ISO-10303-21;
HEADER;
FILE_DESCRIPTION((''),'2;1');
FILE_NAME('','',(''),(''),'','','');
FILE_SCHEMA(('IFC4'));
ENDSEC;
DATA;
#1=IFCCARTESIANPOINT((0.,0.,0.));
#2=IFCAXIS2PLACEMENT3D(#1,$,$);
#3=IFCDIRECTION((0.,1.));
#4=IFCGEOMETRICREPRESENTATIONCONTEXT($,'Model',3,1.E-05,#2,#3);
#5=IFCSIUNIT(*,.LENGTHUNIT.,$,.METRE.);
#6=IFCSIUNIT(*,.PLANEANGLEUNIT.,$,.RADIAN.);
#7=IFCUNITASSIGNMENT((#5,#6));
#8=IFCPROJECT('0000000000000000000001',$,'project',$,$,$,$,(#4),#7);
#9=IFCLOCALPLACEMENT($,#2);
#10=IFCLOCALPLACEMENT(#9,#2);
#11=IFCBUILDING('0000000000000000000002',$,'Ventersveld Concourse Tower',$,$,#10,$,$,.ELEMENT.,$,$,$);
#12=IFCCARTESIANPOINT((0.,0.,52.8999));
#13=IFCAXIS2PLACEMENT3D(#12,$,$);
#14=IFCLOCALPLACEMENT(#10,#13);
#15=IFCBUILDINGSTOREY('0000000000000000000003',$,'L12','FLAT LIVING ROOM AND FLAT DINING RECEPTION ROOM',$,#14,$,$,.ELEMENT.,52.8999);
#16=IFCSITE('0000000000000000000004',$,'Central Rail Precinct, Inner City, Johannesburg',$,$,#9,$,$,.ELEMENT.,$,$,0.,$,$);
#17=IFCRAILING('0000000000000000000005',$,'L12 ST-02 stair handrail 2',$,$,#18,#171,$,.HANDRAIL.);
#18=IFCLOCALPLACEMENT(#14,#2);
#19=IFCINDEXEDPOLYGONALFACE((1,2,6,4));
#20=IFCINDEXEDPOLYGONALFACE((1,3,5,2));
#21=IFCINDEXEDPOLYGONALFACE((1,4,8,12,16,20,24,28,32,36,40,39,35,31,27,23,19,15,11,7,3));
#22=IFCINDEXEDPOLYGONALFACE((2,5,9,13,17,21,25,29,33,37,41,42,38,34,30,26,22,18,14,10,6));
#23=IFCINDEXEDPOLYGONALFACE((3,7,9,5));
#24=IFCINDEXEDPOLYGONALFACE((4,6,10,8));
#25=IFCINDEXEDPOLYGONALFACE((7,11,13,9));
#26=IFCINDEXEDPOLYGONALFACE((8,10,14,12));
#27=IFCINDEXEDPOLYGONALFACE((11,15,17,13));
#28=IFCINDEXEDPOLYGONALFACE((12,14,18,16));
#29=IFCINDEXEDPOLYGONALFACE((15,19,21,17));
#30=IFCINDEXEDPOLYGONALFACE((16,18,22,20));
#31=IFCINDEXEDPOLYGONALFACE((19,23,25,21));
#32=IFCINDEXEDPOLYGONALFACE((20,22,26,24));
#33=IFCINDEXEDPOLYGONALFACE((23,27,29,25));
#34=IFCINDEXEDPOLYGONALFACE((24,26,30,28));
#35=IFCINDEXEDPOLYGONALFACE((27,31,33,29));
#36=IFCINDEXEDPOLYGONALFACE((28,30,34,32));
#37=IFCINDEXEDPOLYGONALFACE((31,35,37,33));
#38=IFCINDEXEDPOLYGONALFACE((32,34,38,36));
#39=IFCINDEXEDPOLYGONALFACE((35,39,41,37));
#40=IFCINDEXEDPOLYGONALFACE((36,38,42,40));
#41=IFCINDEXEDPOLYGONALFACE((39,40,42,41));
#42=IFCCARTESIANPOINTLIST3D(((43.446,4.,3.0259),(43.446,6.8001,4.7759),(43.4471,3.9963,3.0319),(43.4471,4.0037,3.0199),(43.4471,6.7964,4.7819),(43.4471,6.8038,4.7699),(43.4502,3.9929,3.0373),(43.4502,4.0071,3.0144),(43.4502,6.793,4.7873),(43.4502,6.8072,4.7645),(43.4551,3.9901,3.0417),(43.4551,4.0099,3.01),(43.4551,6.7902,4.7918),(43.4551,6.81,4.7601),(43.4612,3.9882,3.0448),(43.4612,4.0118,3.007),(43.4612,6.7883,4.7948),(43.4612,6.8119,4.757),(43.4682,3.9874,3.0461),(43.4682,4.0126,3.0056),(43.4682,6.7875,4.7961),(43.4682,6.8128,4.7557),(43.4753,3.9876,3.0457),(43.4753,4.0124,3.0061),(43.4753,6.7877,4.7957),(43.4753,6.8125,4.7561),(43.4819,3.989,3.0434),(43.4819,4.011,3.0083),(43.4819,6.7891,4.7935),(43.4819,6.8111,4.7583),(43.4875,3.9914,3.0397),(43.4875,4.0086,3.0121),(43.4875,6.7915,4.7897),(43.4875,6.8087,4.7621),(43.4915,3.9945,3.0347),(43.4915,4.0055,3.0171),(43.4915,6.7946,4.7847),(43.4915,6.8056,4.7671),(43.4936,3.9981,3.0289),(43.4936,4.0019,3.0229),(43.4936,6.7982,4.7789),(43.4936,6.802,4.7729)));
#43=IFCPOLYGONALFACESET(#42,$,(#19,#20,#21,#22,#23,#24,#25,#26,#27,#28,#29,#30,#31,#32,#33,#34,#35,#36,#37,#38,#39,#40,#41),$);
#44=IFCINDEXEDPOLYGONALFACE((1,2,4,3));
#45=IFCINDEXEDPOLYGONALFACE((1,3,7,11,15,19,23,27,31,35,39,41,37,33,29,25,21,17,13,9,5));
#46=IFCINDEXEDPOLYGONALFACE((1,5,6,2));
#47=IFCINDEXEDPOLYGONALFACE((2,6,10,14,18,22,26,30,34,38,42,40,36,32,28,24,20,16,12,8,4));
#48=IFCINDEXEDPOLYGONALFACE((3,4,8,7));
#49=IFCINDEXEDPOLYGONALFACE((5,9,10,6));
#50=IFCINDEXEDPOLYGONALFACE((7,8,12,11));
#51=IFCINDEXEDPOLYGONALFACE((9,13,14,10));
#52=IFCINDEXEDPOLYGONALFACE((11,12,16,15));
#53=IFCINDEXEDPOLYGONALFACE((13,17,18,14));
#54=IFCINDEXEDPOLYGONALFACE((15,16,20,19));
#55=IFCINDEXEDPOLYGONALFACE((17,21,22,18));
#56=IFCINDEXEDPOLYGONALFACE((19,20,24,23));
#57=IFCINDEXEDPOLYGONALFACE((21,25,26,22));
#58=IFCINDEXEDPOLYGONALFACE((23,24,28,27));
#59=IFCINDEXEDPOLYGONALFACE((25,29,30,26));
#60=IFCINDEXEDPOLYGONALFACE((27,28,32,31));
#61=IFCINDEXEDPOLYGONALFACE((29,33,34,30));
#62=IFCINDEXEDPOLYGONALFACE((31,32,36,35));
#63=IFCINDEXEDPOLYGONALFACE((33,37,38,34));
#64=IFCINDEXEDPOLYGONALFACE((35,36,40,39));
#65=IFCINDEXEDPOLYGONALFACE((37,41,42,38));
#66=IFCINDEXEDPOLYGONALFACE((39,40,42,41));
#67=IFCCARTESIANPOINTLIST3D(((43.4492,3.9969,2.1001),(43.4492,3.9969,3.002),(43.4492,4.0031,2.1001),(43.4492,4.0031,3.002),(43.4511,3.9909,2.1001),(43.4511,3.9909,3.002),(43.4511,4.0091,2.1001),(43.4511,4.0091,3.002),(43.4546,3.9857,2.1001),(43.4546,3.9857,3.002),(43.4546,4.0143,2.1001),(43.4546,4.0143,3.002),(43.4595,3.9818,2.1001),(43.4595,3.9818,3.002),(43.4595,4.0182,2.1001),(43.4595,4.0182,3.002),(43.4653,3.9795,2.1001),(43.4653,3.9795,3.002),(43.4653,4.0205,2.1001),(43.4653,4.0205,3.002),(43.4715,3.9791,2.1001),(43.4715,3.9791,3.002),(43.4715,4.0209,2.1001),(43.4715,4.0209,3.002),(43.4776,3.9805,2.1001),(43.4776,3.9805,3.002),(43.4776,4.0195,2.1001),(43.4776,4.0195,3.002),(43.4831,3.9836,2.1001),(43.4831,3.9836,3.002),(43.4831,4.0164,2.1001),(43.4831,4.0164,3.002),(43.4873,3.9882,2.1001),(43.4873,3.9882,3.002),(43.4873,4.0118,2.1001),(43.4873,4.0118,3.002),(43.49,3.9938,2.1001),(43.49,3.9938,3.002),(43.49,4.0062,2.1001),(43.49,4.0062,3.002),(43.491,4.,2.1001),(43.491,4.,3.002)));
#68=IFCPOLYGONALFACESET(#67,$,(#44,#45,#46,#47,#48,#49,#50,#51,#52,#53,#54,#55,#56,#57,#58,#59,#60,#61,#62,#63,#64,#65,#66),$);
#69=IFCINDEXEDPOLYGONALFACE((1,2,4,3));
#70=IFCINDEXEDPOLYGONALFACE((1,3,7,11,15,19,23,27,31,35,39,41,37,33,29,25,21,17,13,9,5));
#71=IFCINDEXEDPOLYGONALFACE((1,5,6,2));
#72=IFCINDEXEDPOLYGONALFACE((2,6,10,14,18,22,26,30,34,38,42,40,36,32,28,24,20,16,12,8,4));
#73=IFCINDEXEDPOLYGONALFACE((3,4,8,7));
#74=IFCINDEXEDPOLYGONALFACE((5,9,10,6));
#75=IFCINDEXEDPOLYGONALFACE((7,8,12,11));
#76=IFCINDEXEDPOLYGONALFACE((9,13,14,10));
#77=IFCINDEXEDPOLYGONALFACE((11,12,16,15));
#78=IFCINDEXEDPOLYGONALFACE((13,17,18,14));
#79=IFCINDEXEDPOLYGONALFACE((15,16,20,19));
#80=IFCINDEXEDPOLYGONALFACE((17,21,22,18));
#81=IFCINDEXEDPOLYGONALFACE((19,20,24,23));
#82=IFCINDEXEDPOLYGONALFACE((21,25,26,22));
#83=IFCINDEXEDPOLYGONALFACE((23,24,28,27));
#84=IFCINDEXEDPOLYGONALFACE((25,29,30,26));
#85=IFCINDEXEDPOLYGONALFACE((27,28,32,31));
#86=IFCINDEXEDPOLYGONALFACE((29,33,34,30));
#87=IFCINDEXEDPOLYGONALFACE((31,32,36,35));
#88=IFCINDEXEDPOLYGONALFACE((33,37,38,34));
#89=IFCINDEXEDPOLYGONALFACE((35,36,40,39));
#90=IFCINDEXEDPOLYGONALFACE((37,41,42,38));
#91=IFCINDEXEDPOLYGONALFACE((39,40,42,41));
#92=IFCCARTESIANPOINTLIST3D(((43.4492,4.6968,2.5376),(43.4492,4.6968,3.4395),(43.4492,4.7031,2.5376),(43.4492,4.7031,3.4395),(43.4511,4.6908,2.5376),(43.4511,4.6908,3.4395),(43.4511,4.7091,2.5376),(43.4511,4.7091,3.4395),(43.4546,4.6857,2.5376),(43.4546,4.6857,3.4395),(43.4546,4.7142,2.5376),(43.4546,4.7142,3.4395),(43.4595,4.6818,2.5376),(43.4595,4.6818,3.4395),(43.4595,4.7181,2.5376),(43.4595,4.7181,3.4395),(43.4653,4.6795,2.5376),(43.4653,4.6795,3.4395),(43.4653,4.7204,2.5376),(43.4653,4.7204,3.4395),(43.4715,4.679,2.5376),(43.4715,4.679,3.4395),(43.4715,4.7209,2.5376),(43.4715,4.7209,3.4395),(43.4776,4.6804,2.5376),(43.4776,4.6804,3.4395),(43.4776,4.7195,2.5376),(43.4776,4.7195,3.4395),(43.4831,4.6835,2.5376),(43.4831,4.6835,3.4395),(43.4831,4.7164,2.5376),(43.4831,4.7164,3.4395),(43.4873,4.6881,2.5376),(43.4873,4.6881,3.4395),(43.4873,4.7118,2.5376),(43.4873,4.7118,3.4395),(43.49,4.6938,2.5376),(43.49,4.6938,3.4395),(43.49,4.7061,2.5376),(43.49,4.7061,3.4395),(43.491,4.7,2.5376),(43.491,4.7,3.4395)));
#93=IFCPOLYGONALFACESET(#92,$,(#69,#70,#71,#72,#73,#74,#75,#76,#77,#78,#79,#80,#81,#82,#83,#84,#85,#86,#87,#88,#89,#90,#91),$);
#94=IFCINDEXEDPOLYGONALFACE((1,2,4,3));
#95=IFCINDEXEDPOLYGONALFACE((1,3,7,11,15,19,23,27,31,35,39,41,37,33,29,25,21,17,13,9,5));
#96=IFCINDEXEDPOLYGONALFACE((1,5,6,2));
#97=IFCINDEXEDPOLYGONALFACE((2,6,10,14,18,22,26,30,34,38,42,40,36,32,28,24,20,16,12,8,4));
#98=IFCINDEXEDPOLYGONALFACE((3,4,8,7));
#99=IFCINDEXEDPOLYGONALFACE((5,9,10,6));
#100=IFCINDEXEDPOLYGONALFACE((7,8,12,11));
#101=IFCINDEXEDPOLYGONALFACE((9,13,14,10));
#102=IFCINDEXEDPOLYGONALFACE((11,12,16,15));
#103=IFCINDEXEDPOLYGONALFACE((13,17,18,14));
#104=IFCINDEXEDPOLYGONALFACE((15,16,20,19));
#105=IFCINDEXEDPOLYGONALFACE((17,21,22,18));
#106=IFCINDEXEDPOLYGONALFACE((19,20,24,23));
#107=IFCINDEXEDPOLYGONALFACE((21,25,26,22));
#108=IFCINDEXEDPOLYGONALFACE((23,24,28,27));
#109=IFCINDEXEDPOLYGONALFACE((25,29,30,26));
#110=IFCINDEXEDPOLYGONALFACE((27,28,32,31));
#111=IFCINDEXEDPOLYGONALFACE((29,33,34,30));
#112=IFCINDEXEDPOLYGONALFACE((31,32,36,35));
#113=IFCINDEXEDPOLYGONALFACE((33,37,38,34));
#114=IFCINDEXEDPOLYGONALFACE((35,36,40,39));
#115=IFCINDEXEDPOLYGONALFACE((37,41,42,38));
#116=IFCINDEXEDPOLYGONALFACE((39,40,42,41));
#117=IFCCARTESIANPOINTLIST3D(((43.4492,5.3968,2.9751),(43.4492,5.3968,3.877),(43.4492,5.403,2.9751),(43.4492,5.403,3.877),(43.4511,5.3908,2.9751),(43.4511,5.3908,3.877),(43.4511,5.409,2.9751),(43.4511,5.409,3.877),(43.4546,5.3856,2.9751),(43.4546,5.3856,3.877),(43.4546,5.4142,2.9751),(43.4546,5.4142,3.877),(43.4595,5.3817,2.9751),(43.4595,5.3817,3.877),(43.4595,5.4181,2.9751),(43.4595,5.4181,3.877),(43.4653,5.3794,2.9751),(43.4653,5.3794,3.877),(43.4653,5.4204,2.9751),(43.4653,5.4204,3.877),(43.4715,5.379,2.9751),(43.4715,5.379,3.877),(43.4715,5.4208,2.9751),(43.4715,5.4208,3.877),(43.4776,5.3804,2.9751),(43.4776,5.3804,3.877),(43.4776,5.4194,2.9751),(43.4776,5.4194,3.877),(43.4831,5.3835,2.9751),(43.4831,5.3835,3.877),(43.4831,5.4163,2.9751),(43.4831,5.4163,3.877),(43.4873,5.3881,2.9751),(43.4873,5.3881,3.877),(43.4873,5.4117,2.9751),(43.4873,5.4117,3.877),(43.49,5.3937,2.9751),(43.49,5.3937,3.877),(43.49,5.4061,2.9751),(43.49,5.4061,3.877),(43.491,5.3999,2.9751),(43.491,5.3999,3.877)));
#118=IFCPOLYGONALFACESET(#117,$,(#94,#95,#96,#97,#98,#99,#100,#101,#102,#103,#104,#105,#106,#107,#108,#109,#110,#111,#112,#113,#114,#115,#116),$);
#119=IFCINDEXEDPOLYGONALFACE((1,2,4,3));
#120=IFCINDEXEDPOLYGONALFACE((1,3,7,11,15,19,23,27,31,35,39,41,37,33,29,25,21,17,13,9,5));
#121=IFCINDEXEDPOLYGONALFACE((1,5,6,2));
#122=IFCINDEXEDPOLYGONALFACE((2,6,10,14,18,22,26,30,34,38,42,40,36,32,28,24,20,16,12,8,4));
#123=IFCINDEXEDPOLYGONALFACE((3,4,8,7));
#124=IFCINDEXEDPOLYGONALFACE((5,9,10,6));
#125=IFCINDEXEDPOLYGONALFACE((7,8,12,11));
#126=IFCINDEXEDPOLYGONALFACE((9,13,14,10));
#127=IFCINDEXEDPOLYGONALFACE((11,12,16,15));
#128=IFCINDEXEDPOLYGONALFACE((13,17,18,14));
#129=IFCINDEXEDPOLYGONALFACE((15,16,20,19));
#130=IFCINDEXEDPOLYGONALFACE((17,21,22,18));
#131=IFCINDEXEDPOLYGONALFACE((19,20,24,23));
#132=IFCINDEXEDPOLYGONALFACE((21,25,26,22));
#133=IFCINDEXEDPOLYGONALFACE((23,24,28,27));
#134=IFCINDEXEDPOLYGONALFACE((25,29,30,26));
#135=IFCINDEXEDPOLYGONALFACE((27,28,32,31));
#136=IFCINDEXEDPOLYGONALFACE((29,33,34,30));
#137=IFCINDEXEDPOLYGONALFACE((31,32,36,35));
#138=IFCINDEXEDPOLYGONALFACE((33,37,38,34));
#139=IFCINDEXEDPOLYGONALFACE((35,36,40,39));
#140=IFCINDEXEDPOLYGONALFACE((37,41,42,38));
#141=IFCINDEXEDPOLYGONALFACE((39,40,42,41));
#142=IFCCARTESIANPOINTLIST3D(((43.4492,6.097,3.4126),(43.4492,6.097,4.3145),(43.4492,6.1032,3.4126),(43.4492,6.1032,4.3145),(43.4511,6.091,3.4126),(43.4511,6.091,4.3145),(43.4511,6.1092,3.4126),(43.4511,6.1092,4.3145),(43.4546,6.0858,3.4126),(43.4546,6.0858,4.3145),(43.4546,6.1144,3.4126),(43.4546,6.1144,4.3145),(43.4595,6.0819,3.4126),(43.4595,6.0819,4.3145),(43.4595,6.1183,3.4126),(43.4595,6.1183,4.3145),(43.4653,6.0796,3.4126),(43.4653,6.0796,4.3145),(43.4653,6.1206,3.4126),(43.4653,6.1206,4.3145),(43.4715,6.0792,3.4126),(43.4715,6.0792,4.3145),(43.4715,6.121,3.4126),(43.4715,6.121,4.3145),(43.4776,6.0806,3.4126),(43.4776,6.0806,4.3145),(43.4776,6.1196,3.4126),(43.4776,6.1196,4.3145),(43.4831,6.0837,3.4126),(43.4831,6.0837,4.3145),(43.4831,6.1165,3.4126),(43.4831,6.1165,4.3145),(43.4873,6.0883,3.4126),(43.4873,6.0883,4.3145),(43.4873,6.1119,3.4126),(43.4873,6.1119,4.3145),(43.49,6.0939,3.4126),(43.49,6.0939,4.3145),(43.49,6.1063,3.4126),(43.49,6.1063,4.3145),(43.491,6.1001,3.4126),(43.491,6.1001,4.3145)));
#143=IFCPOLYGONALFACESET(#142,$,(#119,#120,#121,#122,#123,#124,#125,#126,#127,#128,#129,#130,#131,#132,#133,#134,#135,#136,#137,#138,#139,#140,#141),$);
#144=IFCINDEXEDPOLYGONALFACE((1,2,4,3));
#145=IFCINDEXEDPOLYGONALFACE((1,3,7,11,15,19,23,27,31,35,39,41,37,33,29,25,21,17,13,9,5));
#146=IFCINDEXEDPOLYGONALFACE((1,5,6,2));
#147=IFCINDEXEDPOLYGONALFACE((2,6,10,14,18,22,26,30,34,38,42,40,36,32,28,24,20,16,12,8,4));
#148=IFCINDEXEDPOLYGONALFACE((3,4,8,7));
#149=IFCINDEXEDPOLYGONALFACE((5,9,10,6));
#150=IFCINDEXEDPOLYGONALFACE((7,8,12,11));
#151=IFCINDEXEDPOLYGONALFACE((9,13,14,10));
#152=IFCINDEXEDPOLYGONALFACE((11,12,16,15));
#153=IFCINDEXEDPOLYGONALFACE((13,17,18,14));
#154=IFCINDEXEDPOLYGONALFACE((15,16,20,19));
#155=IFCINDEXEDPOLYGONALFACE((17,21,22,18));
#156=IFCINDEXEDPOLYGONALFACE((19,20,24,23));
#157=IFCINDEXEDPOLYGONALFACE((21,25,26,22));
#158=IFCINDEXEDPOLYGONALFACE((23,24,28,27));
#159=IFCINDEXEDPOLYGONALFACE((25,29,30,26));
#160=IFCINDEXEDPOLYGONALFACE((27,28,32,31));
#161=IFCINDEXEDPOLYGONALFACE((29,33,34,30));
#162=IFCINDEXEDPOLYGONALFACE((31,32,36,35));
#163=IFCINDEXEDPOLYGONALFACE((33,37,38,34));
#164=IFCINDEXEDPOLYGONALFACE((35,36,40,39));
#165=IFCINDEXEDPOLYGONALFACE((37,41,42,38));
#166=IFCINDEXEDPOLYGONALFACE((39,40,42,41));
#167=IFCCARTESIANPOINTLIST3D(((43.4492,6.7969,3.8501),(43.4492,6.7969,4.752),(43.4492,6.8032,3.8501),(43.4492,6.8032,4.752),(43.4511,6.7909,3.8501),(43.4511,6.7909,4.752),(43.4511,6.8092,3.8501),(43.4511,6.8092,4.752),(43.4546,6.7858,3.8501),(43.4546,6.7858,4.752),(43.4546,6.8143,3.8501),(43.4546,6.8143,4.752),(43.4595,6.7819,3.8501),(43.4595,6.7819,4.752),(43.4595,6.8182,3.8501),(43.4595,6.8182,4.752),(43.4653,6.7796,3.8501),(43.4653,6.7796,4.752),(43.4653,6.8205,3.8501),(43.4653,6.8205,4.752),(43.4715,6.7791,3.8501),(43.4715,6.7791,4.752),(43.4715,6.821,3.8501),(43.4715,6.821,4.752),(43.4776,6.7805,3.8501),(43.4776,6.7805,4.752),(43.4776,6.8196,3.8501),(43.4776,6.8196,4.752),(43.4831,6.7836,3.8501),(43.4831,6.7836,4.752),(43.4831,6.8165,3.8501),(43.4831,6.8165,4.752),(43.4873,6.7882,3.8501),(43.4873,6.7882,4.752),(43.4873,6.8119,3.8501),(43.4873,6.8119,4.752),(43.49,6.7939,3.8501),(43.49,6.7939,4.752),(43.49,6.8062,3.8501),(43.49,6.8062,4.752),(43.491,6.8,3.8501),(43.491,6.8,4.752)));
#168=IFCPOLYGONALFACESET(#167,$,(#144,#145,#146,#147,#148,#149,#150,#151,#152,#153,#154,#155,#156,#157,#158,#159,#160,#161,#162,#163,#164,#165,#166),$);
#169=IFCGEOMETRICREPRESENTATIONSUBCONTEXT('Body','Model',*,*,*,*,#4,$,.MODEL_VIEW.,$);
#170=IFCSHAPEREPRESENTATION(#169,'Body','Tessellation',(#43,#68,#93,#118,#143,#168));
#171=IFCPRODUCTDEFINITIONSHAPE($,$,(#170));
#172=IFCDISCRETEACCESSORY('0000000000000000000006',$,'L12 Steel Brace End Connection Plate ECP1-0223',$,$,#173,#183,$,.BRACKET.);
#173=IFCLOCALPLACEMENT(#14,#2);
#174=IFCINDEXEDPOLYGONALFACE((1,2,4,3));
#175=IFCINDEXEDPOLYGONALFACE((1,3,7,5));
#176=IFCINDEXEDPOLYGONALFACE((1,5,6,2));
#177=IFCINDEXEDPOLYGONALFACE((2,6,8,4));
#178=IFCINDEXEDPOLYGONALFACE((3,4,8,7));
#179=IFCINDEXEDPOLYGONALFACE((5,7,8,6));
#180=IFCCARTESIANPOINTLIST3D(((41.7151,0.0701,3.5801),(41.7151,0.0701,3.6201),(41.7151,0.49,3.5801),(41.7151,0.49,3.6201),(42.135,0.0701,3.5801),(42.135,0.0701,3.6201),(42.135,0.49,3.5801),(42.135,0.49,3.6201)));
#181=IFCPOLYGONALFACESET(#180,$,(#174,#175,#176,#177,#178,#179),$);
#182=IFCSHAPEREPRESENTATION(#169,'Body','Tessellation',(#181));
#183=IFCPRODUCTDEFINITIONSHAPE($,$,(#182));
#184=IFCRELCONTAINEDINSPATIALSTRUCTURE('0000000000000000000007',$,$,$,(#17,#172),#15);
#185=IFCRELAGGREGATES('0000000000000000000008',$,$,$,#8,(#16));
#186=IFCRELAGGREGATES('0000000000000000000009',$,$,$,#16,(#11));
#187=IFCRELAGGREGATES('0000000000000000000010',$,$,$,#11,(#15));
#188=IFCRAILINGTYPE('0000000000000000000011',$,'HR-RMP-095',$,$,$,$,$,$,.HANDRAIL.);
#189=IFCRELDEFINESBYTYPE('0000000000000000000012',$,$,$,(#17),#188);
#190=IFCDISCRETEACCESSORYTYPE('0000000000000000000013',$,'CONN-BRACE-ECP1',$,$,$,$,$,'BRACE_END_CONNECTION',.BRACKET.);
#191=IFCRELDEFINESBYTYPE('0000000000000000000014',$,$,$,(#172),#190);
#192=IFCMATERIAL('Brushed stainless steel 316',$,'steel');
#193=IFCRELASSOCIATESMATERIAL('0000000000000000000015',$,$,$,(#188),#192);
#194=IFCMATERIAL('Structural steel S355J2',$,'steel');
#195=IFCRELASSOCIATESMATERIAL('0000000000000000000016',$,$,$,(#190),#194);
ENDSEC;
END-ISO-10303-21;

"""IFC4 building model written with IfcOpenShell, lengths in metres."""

from ifc_helpers import new_model, si_unit, direction, frame, origin, origin_2d, place, context, subcontext, project, spatial, rectangle, circle, extrude, material, type_object, element, save


model = new_model("IFC4")

# Units and contexts
model_context = context("Model", 3, precision=1e-05, world=origin(), true_north=direction((0.0, 1.0)))
body_context = subcontext(model_context, "Body", "Model", "MODEL_VIEW")
ifc_project = project(units=[si_unit("LENGTHUNIT", "METRE"), si_unit("PLANEANGLEUNIT", "RADIAN")], contexts=[model_context])

# Site, building, storey
site_placement = place(None, origin())
site = spatial("IfcSite", under=ifc_project, at=site_placement, Name="Central Rail Precinct, Inner City, Johannesburg", CompositionType="ELEMENT", RefElevation=0.0)
building_placement = place(site_placement, origin())
building = spatial("IfcBuilding", under=site, at=building_placement, Name="Ventersveld Concourse Tower", CompositionType="ELEMENT")
storey_placement = place(building_placement, frame((0.0, 0.0, 52.8999)))
storey = spatial("IfcBuildingStorey", under=building, at=storey_placement, Name="L12", Description="FLAT LIVING ROOM AND FLAT DINING RECEPTION ROOM", CompositionType="ELEMENT", Elevation=52.8999)

# Shared definitions
ifc_material_1 = material(Name="Structural steel S355J2", Category="steel")

# Shared definitions
ifc_material_2 = material(Name="Brushed stainless steel 316", Category="steel")

# Railing
railing_type_1 = type_object("IfcRailingType", Name="HR-RMP-095", PredefinedType="HANDRAIL", material=ifc_material_2)
railing_1_placement = place(storey_placement, frame((43.47, 4.0, 2.1001)))
element("IfcRailing", 1, at=railing_1_placement, inside=storey, type_object=railing_type_1, Name="L12 ST-02 stair handrail 2", PredefinedType="HANDRAIL", context=body_context, shape_type="SweptSolid", body=[
    extrude(circle(Radius=0.0239, at=origin_2d()), frame((0.0, 0.0, 0.9258), z_axis=(0.0, 0.848002, 0.529992), x_axis=(-1.0, 0.0, 0.0)), (0.0, 0.0, 1.0), 3.302),
    extrude(circle(Radius=0.021, at=origin_2d()), origin(), (0.0, 0.0, 1.0), 0.9019),
    extrude(circle(Radius=0.021, at=origin_2d()), frame((0.0, 0.7, 0.4375)), (0.0, 0.0, 1.0), 0.9019),
    extrude(circle(Radius=0.021, at=origin_2d()), frame((0.0, 1.3999, 0.875)), (0.0, 0.0, 1.0), 0.9019),
    extrude(circle(Radius=0.021, at=origin_2d()), frame((0.0, 2.1001, 1.3125)), (0.0, 0.0, 1.0), 0.9019),
    extrude(circle(Radius=0.021, at=origin_2d()), frame((0.0, 2.8, 1.75)), (0.0, 0.0, 1.0), 0.9019),
])

# Discrete accessory
discrete_accessory_type = type_object("IfcDiscreteAccessoryType", Name="CONN-BRACE-ECP1", ElementType="BRACE_END_CONNECTION", PredefinedType="BRACKET", material=ifc_material_1)
discrete_accessory_placement = place(storey_placement, frame((41.925, 0.28, 3.5801), z_axis=(0.0, 0.0, 1.0), x_axis=(1.0, 0.0, 0.0)))
element("IfcDiscreteAccessory", 2, at=discrete_accessory_placement, inside=storey, type_object=discrete_accessory_type, Name="L12 Steel Brace End Connection Plate ECP1-0223", PredefinedType="BRACKET", context=body_context, shape_type="SweptSolid", body=[
    extrude(rectangle(XDim=0.4199, YDim=0.4199, at=origin_2d()), origin(), (0.0, 0.0, 1.0), 0.04),
])

save(model, "model.ifc")
